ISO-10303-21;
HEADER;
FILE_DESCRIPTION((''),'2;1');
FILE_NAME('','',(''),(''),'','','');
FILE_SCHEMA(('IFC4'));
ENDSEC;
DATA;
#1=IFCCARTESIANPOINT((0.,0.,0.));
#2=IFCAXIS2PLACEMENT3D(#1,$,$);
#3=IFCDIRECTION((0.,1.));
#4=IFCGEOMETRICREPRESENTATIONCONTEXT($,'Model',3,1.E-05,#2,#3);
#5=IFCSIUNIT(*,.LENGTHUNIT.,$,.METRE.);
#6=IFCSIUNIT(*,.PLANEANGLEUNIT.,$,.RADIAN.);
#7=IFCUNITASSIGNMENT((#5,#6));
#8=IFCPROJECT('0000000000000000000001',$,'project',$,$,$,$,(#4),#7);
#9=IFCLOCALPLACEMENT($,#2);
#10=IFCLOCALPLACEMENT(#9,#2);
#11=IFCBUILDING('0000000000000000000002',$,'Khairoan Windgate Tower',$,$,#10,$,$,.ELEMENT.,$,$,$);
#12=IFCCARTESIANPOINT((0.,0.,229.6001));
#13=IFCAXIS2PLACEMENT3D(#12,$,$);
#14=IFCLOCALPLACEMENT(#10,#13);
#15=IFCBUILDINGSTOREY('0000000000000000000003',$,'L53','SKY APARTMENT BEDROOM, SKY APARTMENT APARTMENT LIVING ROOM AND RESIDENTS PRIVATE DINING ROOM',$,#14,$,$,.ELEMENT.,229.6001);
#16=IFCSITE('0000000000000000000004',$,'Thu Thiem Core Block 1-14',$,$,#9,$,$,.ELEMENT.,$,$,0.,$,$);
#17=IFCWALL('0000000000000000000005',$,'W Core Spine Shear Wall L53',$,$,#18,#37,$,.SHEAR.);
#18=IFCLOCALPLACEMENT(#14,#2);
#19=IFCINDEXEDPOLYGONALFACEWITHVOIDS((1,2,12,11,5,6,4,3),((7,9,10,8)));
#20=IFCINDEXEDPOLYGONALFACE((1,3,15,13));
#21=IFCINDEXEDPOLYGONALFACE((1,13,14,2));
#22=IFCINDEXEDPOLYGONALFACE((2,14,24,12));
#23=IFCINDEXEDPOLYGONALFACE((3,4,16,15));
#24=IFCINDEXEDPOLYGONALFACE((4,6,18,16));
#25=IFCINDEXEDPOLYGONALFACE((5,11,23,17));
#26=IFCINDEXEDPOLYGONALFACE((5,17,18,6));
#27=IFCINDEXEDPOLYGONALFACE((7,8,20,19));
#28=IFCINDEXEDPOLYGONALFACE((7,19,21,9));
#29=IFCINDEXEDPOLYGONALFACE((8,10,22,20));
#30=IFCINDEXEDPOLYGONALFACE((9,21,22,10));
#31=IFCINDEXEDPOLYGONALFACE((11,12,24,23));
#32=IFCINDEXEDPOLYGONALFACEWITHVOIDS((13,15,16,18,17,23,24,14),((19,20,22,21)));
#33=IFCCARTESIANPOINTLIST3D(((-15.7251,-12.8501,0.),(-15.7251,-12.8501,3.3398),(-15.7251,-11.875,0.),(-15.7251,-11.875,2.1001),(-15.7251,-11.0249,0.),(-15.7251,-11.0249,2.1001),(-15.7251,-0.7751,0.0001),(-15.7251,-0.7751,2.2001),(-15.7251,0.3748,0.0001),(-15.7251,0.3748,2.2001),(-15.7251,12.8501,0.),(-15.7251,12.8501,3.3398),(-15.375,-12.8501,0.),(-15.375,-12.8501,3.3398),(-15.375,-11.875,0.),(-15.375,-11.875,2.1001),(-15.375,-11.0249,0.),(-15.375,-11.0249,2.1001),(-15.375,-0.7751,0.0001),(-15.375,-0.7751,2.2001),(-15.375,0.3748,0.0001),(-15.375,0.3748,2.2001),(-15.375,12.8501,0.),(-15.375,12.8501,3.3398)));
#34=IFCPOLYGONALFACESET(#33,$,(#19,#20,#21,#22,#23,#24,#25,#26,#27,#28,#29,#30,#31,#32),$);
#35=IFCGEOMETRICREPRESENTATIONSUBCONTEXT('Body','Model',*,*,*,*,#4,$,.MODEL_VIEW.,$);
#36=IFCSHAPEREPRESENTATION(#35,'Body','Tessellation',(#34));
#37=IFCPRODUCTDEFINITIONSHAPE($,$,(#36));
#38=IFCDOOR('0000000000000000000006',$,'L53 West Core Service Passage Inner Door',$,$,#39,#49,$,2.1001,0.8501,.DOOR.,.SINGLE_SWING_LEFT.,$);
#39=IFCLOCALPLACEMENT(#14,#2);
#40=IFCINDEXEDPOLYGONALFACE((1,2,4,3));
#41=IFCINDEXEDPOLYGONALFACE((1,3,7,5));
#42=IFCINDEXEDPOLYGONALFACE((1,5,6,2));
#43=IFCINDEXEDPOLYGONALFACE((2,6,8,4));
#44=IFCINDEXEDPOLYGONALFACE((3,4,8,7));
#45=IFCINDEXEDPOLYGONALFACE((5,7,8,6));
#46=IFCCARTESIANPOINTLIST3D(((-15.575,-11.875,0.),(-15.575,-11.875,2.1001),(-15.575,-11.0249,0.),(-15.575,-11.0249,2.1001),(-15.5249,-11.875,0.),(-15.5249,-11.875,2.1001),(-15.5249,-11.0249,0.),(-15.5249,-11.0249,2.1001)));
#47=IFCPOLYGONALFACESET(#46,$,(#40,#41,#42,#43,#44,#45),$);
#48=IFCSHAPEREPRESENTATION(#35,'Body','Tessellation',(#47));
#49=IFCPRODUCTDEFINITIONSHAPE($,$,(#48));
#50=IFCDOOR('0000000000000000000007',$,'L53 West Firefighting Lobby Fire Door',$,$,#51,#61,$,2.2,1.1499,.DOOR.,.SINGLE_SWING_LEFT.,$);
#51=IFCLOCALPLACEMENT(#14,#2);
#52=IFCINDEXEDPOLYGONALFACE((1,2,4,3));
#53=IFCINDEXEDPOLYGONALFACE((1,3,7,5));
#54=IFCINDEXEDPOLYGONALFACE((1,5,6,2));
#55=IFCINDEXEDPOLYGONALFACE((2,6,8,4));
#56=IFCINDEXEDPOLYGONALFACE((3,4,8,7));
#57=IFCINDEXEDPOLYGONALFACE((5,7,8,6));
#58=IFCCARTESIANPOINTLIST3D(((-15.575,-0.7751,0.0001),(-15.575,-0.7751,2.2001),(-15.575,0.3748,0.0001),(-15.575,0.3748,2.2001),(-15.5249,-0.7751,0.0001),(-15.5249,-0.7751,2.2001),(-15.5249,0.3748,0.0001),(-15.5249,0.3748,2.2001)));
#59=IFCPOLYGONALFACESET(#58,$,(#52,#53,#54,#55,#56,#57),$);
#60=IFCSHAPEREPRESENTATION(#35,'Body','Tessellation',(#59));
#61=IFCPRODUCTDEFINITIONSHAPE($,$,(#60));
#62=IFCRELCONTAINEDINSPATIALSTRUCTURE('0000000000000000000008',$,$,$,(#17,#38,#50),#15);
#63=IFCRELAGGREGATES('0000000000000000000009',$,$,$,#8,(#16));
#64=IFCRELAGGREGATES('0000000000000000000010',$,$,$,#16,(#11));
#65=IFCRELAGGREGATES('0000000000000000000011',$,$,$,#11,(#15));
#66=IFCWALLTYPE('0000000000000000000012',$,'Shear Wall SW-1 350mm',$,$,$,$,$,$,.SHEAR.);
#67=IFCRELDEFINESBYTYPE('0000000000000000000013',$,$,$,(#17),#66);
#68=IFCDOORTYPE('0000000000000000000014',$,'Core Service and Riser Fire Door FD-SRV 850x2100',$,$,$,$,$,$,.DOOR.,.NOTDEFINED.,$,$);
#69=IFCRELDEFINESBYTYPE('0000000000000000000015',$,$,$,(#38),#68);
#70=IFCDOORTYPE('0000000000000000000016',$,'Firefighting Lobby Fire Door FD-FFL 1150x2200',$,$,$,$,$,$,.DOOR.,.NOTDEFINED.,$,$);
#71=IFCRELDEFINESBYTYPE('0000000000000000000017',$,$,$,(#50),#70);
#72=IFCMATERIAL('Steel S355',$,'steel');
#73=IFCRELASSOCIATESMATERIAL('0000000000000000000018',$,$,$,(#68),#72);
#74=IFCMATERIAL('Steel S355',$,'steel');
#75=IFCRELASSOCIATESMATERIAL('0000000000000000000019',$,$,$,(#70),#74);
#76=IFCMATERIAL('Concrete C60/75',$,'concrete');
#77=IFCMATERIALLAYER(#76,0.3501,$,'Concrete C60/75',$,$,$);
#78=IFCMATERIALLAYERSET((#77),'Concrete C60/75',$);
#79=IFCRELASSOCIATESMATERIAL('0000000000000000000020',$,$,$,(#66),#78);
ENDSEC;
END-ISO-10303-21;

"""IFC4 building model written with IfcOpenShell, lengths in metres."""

from ifc_helpers import new_model, si_unit, direction, frame, frame_2d, origin, place, context, subcontext, project, spatial, rectangle, extrude, material, layer, layer_set, type_object, element, fill, save


model = new_model("IFC4")

# Units and contexts
model_context = context("Model", 3, precision=1e-05, world=origin(), true_north=direction((0.0, 1.0)))
body_context = subcontext(model_context, "Body", "Model", "MODEL_VIEW")
ifc_project = project(units=[si_unit("LENGTHUNIT", "METRE"), si_unit("PLANEANGLEUNIT", "RADIAN")], contexts=[model_context])

# Site, building, storey
site_placement = place(None, origin())
site = spatial("IfcSite", under=ifc_project, at=site_placement, Name="Thu Thiem Core Block 1-14", CompositionType="ELEMENT", RefElevation=0.0)
building_placement = place(site_placement, origin())
building = spatial("IfcBuilding", under=site, at=building_placement, Name="Khairoan Windgate Tower", CompositionType="ELEMENT")
storey_placement = place(building_placement, frame((0.0, 0.0, 229.6001)))
storey = spatial("IfcBuildingStorey", under=building, at=storey_placement, Name="L53", Description="SKY APARTMENT BEDROOM, SKY APARTMENT APARTMENT LIVING ROOM AND RESIDENTS PRIVATE DINING ROOM", CompositionType="ELEMENT", Elevation=229.6001)

# Wall, openings, doors
ifc_material_1 = material(Name="Steel S355", Category="steel")
door_type_1 = type_object("IfcDoorType", Name="Core Service and Riser Fire Door FD-SRV 850x2100", OperationType="NOTDEFINED", PredefinedType="DOOR", material=ifc_material_1)
ifc_material_2 = material(Name="Steel S355", Category="steel")
door_type_2 = type_object("IfcDoorType", Name="Firefighting Lobby Fire Door FD-FFL 1150x2200", OperationType="NOTDEFINED", PredefinedType="DOOR", material=ifc_material_2)
ifc_material_3 = material(Name="Concrete C60/75", Category="concrete")
ifc_layer_1 = layer(ifc_material_3, 0.3501, Name="Concrete C60/75")
ifc_layer_set_1 = layer_set([ifc_layer_1], Name="Concrete C60/75")
wall_type_1 = type_object("IfcWallType", Name="Shear Wall SW-1 350mm", PredefinedType="SHEAR", material=ifc_layer_set_1)
wall_1_placement = place(storey_placement, frame((-15.55, -12.8501, 0.0), z_axis=(0.0, 0.0, 1.0), x_axis=(0.0, 1.0, 0.0)))
wall_1 = element("IfcWall", 1, at=wall_1_placement, inside=storey, type_object=wall_type_1, Name="W Core Spine Shear Wall L53", PredefinedType="SHEAR", context=body_context, shape_type="SweptSolid", body=[
    extrude(rectangle(XDim=25.7002, YDim=0.3501, at=frame_2d((12.8501, 0.0))), origin(), (0.0, 0.0, 1.0), 3.3398),
])
opening_1_placement = place(wall_1_placement, frame((12.075, 0.0, 0.0)))
opening_1 = element("IfcOpeningElement", 2, at=opening_1_placement, cuts=wall_1, PredefinedType="OPENING", context=body_context, shape_type="SweptSolid", body=[
    extrude(rectangle(XDim=1.1499, YDim=2.2, at=frame_2d((0.575, 1.1001))), frame((0.0, 0.1851, 0.0), z_axis=(0.0, -1.0, 0.0), x_axis=(1.0, 0.0, 0.0)), (0.0, 0.0, 1.0), 0.3701),
])
opening_2_placement = place(wall_1_placement, frame((0.9751, 0.0, 0.0)))
opening_2 = element("IfcOpeningElement", 3, at=opening_2_placement, cuts=wall_1, PredefinedType="OPENING", context=body_context, shape_type="SweptSolid", body=[
    extrude(rectangle(XDim=0.8501, YDim=2.1001, at=frame_2d((0.425, 1.05))), frame((0.0, 0.1851, 0.0), z_axis=(0.0, -1.0, 0.0), x_axis=(1.0, 0.0, 0.0)), (0.0, 0.0, 1.0), 0.3701),
])
door_1_placement = place(opening_2_placement, origin())
door_1 = element("IfcDoor", 4, at=door_1_placement, inside=storey, type_object=door_type_1, Name="L53 West Core Service Passage Inner Door", OperationType="SINGLE_SWING_LEFT", OverallHeight=2.1001, OverallWidth=0.8501, PredefinedType="DOOR", context=body_context, shape_type="SweptSolid", body=[
    extrude(rectangle(XDim=0.8501, YDim=2.1001, at=frame_2d((0.425, 1.05))), frame((0.0, 0.0249, 0.0), z_axis=(0.0, -1.0, 0.0), x_axis=(1.0, 0.0, 0.0)), (0.0, 0.0, 1.0), 0.05),
])
fill(opening_2, door_1)
door_2_placement = place(opening_1_placement, origin())
door_2 = element("IfcDoor", 5, at=door_2_placement, inside=storey, type_object=door_type_2, Name="L53 West Firefighting Lobby Fire Door", OperationType="SINGLE_SWING_LEFT", OverallHeight=2.2, OverallWidth=1.1499, PredefinedType="DOOR", context=body_context, shape_type="SweptSolid", body=[
    extrude(rectangle(XDim=1.1499, YDim=2.2, at=frame_2d((0.575, 1.1001))), frame((0.0, 0.0249, 0.0), z_axis=(0.0, -1.0, 0.0), x_axis=(1.0, 0.0, 0.0)), (0.0, 0.0, 1.0), 0.05),
])
fill(opening_1, door_2)

save(model, "model.ifc")
